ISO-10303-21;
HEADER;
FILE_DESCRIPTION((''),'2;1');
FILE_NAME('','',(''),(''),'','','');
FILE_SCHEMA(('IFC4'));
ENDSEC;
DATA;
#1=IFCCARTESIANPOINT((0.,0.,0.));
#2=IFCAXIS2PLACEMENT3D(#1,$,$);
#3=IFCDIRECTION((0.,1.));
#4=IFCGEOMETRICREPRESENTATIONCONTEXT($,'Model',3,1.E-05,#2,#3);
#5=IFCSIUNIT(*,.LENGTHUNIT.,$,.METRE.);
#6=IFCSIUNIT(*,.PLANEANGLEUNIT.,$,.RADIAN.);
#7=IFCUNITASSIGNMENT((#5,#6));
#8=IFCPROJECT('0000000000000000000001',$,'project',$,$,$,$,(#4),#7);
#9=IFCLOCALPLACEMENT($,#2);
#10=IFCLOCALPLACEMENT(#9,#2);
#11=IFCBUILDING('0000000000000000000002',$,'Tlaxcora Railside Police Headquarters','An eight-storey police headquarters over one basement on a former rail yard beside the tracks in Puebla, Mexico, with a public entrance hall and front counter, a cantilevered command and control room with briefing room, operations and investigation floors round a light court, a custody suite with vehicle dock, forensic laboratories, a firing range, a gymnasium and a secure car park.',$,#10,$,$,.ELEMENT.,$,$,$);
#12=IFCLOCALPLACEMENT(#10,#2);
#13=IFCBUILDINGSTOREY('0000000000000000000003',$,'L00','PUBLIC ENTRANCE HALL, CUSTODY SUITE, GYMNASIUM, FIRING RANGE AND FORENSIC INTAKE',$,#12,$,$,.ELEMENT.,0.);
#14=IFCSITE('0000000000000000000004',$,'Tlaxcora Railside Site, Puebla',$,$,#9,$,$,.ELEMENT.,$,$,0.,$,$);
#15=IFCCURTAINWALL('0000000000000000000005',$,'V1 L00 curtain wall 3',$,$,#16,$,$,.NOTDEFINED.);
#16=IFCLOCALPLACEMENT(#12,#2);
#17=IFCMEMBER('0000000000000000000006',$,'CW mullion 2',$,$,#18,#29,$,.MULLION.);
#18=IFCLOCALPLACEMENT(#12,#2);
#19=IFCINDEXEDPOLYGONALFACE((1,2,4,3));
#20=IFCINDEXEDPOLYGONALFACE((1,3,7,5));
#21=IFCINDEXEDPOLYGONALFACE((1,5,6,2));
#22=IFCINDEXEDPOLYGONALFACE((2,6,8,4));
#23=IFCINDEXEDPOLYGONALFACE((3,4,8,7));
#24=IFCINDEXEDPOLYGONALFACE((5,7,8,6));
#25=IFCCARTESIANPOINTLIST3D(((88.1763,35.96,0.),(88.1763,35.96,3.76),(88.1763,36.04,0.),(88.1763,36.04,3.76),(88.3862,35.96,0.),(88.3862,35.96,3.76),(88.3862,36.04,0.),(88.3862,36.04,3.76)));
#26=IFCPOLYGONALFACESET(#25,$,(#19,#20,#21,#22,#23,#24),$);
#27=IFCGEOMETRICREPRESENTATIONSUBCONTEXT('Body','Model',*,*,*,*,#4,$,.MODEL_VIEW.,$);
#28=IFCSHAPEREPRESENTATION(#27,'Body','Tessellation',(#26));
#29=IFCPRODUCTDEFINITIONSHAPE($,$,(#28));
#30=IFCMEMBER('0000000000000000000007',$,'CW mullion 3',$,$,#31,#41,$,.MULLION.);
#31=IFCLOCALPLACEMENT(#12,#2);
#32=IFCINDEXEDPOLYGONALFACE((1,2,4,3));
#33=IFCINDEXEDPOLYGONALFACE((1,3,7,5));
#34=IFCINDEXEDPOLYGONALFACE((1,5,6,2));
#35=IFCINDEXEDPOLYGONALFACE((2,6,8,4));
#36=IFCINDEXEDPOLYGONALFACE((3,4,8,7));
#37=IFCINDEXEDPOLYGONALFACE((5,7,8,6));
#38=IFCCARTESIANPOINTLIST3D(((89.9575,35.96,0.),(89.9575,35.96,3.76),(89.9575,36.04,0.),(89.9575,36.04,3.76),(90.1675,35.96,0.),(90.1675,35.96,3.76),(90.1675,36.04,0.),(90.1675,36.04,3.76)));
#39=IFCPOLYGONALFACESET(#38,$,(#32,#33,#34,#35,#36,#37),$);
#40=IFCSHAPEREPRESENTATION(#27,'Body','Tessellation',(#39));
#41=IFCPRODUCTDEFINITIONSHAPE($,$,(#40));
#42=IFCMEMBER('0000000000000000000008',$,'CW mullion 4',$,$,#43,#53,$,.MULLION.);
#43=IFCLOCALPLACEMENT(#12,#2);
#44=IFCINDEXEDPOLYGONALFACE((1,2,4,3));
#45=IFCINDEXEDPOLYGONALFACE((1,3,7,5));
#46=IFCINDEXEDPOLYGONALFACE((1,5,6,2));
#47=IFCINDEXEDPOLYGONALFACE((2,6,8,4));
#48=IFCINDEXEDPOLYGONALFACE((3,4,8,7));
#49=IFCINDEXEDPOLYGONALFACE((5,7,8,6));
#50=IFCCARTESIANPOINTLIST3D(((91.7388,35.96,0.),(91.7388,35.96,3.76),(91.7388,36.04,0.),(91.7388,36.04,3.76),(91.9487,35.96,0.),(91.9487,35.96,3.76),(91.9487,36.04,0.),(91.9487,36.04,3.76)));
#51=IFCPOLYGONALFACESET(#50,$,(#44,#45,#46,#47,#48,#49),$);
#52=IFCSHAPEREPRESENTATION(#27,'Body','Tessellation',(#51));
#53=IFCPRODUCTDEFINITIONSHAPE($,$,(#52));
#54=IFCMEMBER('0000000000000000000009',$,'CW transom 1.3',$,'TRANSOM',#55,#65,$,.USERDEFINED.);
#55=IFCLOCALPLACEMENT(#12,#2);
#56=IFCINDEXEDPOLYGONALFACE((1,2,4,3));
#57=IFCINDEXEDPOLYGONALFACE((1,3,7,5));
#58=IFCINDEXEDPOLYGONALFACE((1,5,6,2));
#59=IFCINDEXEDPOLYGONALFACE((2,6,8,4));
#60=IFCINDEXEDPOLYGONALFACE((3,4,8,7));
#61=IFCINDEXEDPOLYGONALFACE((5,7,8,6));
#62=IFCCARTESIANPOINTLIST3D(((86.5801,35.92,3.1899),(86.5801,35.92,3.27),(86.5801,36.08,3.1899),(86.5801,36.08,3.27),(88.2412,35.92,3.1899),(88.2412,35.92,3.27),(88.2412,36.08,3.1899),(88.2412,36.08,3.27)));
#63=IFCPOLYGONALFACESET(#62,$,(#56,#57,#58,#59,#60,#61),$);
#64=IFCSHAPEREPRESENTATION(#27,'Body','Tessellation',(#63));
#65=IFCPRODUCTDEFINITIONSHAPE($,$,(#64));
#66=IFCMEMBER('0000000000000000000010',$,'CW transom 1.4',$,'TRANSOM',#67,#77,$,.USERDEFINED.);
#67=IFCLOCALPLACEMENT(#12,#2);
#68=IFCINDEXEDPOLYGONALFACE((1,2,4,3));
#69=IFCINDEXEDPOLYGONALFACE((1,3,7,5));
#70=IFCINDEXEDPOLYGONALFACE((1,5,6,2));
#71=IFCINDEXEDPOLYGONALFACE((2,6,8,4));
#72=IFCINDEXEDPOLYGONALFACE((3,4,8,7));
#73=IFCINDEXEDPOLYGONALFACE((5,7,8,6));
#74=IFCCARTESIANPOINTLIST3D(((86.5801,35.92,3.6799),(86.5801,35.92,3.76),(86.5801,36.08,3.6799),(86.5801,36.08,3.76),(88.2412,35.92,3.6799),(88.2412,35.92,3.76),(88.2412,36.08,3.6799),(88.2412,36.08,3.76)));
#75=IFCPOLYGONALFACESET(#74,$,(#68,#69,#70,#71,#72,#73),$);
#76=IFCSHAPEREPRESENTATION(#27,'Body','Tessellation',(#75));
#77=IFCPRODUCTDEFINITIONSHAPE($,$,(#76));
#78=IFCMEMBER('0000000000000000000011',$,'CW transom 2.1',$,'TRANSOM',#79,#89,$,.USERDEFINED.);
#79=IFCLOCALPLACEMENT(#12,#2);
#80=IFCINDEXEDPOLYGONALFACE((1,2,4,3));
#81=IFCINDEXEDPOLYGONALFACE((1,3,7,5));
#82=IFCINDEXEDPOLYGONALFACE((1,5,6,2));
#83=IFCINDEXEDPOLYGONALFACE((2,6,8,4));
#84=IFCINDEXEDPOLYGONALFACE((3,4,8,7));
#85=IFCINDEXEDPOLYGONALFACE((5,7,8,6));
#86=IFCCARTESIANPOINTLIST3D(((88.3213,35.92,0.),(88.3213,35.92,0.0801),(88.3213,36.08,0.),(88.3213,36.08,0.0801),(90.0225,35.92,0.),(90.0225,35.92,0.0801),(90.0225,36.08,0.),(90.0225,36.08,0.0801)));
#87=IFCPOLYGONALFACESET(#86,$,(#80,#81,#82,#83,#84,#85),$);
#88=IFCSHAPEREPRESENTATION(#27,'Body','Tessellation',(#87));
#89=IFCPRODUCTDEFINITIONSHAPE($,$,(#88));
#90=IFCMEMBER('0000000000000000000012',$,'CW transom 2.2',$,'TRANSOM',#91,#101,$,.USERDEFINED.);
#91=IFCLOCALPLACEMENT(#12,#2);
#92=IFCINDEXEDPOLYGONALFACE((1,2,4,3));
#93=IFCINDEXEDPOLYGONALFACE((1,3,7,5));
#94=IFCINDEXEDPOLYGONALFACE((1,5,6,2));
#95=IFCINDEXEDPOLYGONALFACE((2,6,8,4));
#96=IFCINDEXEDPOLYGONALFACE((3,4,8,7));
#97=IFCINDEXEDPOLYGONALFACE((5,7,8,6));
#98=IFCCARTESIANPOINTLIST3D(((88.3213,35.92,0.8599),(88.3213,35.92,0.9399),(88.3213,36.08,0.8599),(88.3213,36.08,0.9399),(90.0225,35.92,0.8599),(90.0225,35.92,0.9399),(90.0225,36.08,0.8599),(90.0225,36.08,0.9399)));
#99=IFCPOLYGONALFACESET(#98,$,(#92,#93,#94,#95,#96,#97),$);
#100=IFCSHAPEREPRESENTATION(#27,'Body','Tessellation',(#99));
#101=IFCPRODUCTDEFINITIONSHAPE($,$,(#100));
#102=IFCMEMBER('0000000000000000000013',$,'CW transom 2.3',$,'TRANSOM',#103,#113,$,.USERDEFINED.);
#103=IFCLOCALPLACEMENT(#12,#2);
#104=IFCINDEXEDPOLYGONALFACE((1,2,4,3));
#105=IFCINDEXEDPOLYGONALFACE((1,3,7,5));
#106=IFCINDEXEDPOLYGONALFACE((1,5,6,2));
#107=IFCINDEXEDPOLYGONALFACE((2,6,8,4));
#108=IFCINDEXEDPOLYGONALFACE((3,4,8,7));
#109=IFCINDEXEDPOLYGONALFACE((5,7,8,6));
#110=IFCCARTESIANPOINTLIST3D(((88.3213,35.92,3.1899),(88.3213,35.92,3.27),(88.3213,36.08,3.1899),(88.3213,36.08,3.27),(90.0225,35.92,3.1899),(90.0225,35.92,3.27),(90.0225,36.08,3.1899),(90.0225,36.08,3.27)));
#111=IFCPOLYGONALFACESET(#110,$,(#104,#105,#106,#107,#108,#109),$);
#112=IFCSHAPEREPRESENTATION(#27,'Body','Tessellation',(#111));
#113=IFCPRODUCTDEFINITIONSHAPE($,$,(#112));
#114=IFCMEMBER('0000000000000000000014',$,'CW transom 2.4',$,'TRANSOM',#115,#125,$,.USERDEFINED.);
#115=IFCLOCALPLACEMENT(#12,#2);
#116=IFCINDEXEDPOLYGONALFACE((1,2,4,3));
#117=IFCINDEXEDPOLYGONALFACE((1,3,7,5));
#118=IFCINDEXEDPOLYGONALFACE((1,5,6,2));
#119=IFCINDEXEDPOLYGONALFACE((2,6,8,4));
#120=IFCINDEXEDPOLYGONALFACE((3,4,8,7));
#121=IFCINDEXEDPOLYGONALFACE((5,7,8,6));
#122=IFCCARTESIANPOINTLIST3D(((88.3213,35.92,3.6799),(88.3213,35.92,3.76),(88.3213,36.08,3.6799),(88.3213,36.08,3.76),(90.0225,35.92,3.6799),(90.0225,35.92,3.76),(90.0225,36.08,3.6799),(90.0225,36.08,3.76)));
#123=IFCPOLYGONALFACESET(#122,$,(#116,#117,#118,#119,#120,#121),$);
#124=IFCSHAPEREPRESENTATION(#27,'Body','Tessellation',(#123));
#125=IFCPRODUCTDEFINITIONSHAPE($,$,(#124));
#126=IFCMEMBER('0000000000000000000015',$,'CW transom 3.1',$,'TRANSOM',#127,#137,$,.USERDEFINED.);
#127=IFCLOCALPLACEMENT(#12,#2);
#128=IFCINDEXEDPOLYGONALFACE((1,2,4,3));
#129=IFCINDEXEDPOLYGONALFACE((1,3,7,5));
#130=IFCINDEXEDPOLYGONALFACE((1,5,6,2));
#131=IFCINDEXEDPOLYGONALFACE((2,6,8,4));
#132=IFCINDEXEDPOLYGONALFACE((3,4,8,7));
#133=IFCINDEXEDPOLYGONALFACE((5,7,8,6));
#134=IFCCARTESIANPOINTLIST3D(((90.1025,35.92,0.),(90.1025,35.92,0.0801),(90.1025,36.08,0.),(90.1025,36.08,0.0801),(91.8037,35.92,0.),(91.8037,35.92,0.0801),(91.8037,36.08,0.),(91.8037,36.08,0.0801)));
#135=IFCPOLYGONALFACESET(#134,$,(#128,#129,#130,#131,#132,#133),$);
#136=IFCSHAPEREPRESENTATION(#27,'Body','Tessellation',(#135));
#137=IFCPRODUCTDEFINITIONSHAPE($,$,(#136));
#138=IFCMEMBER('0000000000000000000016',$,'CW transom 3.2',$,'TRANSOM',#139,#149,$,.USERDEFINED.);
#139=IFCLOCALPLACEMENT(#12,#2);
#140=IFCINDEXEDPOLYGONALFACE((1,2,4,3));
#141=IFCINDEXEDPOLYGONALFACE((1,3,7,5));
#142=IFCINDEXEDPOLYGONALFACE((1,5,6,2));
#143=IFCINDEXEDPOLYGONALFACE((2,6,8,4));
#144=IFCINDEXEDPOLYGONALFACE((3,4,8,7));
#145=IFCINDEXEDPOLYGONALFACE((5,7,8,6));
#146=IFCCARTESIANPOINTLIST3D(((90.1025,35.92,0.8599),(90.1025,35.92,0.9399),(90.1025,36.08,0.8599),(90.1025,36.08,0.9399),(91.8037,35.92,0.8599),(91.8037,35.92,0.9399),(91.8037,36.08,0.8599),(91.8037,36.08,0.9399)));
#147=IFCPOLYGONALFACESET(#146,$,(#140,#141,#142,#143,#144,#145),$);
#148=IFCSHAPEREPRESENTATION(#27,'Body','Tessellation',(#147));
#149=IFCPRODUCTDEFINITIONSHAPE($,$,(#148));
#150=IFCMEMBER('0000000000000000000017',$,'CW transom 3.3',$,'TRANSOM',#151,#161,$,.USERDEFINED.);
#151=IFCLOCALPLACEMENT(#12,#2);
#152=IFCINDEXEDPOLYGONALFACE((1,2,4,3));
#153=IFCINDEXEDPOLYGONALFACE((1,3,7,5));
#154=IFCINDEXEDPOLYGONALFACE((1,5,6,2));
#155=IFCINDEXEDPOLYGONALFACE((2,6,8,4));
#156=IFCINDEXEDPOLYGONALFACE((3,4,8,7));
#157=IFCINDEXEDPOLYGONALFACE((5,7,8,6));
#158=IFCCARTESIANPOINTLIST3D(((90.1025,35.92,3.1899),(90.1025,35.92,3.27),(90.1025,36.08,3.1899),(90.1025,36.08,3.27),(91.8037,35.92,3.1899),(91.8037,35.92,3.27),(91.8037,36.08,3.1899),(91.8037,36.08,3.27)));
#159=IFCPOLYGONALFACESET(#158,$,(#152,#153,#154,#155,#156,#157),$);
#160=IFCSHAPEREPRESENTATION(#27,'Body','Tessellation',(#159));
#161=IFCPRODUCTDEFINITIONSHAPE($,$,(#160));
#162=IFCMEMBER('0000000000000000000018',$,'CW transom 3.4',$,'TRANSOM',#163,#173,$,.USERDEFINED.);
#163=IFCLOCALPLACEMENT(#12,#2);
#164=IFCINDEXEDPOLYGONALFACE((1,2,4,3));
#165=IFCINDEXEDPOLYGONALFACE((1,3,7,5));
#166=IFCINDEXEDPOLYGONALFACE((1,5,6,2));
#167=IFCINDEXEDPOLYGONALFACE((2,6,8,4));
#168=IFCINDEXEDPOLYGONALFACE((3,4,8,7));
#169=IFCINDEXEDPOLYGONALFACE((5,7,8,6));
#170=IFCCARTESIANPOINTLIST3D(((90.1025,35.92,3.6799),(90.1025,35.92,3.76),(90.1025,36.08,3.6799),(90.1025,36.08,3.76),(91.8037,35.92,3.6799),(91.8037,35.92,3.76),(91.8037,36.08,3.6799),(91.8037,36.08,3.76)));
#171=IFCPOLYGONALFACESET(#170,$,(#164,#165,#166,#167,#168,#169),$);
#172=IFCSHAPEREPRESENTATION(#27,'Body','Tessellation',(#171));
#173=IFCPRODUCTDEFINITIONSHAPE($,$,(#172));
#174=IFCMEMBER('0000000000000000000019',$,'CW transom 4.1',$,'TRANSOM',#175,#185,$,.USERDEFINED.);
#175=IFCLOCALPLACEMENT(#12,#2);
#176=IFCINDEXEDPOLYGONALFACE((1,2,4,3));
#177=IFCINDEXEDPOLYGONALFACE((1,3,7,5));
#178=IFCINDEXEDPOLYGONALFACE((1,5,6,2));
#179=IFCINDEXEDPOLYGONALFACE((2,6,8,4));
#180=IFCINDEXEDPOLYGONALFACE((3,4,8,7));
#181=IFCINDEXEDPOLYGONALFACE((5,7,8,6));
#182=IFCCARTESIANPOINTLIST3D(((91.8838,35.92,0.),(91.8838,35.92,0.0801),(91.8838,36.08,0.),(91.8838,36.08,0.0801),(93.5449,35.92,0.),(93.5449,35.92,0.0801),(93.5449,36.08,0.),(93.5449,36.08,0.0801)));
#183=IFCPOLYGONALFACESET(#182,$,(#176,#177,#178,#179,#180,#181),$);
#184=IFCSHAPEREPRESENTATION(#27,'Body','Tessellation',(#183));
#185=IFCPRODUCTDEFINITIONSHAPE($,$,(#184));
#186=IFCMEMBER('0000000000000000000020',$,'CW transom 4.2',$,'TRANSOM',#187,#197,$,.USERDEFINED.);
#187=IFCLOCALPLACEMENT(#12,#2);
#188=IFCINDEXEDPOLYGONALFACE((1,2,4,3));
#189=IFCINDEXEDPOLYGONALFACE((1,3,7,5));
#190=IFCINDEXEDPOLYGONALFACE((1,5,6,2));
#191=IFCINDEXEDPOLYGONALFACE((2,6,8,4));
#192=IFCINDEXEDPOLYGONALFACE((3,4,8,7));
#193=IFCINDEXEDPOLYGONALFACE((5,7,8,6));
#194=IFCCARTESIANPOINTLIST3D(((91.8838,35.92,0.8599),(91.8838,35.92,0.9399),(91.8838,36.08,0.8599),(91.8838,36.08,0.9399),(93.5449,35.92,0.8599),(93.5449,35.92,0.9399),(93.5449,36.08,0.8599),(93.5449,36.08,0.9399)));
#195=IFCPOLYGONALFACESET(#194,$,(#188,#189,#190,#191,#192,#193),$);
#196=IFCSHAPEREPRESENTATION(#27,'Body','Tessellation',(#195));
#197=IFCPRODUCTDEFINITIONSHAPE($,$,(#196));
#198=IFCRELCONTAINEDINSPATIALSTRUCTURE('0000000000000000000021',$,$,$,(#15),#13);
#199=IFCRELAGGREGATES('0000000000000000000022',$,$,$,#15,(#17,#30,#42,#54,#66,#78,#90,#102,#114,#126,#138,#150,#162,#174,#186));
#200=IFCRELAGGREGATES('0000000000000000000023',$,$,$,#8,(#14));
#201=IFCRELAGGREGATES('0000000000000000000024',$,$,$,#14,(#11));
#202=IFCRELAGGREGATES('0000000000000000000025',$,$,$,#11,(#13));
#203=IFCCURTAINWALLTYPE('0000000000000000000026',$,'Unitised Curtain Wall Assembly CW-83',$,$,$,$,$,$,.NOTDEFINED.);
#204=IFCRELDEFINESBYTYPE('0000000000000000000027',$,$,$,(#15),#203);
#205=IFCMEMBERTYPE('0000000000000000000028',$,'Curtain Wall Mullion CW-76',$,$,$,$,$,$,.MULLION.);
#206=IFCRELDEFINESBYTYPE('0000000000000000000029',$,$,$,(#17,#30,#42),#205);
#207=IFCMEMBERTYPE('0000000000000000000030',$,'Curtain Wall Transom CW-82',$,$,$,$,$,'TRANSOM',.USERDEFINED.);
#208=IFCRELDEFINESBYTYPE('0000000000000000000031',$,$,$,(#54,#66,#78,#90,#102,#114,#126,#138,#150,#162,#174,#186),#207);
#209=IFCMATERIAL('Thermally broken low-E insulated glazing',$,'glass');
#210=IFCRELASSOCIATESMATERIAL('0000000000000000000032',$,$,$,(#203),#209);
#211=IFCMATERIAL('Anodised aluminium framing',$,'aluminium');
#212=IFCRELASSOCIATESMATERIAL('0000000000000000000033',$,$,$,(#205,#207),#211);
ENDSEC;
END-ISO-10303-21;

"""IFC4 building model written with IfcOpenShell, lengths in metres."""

from ifc_helpers import new_model, si_unit, direction, frame, origin, origin_2d, place, context, subcontext, project, spatial, rectangle, extrude, material, material_profile, profile_set, type_object, element, aggregate, save


model = new_model("IFC4")

# Units and contexts
model_context = context("Model", 3, precision=1e-05, world=origin(), true_north=direction((0.0, 1.0)))
body_context = subcontext(model_context, "Body", "Model", "MODEL_VIEW")
ifc_project = project(units=[si_unit("LENGTHUNIT", "METRE"), si_unit("PLANEANGLEUNIT", "RADIAN")], contexts=[model_context])

# Site, building, storey
site_placement = place(None, origin())
site = spatial("IfcSite", under=ifc_project, at=site_placement, Name="Tlaxcora Railside Site, Puebla", CompositionType="ELEMENT", RefElevation=0.0)
building_placement = place(site_placement, origin())
building = spatial("IfcBuilding", under=site, at=building_placement, Name="Tlaxcora Railside Police Headquarters", Description="An eight-storey police headquarters over one basement on a former rail yard beside the tracks in Puebla, Mexico, with a public entrance hall and front counter, a cantilevered command and control room with briefing room, operations and investigation floors round a light court, a custody suite with vehicle dock, forensic laboratories, a firing range, a gymnasium and a secure car park.", CompositionType="ELEMENT")
storey_placement = place(building_placement, origin())
storey = spatial("IfcBuildingStorey", under=building, at=storey_placement, Name="L00", Description="PUBLIC ENTRANCE HALL, CUSTODY SUITE, GYMNASIUM, FIRING RANGE AND FORENSIC INTAKE", CompositionType="ELEMENT", Elevation=0.0)

# Curtain wall, members
ifc_material_1 = material(Name="Thermally broken low-E insulated glazing", Category="glass")
curtain_wall_type = type_object("IfcCurtainWallType", Name="Unitised Curtain Wall Assembly CW-83", PredefinedType="NOTDEFINED", material=ifc_material_1)
curtain_wall_placement = place(storey_placement, origin())
curtain_wall = element("IfcCurtainWall", 1, at=curtain_wall_placement, inside=storey, type_object=curtain_wall_type, Name="V1 L00 curtain wall 3", PredefinedType="NOTDEFINED")
ifc_material_2 = material(Name="Anodised aluminium framing", Category="aluminium")
ifc_material_profile_1 = material_profile(ifc_material_2, rectangle(XDim=0.0801, YDim=0.21, at=origin_2d()), Name="AL80X210")
ifc_profile_set_1 = profile_set([ifc_material_profile_1], Name="Anodised aluminium framing")
member_type_1 = type_object("IfcMemberType", Name="Curtain Wall Mullion CW-76", PredefinedType="MULLION", material=ifc_profile_set_1)
member_1_placement = place(storey_placement, frame((88.2812, 36.0, 0.0), z_axis=(0.0, 0.0, 1.0), x_axis=(0.0, 1.0, 0.0)))
member_1 = element("IfcMember", 2, at=member_1_placement, type_object=member_type_1, Name="CW mullion 2", PredefinedType="MULLION", context=body_context, shape_type="SweptSolid", body=[
    extrude(rectangle(XDim=0.0801, YDim=0.21, at=origin_2d()), origin(), (0.0, 0.0, 1.0), 3.76),
])
member_2_placement = place(storey_placement, frame((90.0625, 36.0, 0.0), z_axis=(0.0, 0.0, 1.0), x_axis=(0.0, 1.0, 0.0)))
member_2 = element("IfcMember", 3, at=member_2_placement, type_object=member_type_1, Name="CW mullion 3", PredefinedType="MULLION", context=body_context, shape_type="SweptSolid", body=[
    extrude(rectangle(XDim=0.0801, YDim=0.21, at=origin_2d()), origin(), (0.0, 0.0, 1.0), 3.76),
])
member_3_placement = place(storey_placement, frame((91.8438, 36.0, 0.0), z_axis=(0.0, 0.0, 1.0), x_axis=(0.0, 1.0, 0.0)))
member_3 = element("IfcMember", 4, at=member_3_placement, type_object=member_type_1, Name="CW mullion 4", PredefinedType="MULLION", context=body_context, shape_type="SweptSolid", body=[
    extrude(rectangle(XDim=0.0801, YDim=0.21, at=origin_2d()), origin(), (0.0, 0.0, 1.0), 3.76),
])
ifc_material_profile_2 = material_profile(ifc_material_2, rectangle(XDim=0.1599, YDim=0.0801, at=origin_2d()), Name="AL80X160")
ifc_profile_set_2 = profile_set([ifc_material_profile_2], Name="Anodised aluminium framing")
member_type_2 = type_object("IfcMemberType", Name="Curtain Wall Transom CW-82", ElementType="TRANSOM", PredefinedType="USERDEFINED", material=ifc_profile_set_2)
member_4_placement = place(storey_placement, frame((86.5801, 36.0, 3.23), z_axis=(1.0, 0.0, 0.0), x_axis=(0.0, 1.0, 0.0)))
member_4 = element("IfcMember", 5, at=member_4_placement, type_object=member_type_2, Name="CW transom 1.3", ObjectType="TRANSOM", PredefinedType="USERDEFINED", context=body_context, shape_type="SweptSolid", body=[
    extrude(rectangle(XDim=0.1599, YDim=0.0801, at=origin_2d()), origin(), (0.0, 0.0, 1.0), 1.6611),
])
member_5_placement = place(storey_placement, frame((86.5801, 36.0, 3.72), z_axis=(1.0, 0.0, 0.0), x_axis=(0.0, 1.0, 0.0)))
member_5 = element("IfcMember", 6, at=member_5_placement, type_object=member_type_2, Name="CW transom 1.4", ObjectType="TRANSOM", PredefinedType="USERDEFINED", context=body_context, shape_type="SweptSolid", body=[
    extrude(rectangle(XDim=0.1599, YDim=0.0801, at=origin_2d()), origin(), (0.0, 0.0, 1.0), 1.6611),
])
member_6_placement = place(storey_placement, frame((88.3213, 36.0, 0.04), z_axis=(1.0, 0.0, 0.0), x_axis=(0.0, 1.0, 0.0)))
member_6 = element("IfcMember", 7, at=member_6_placement, type_object=member_type_2, Name="CW transom 2.1", ObjectType="TRANSOM", PredefinedType="USERDEFINED", context=body_context, shape_type="SweptSolid", body=[
    extrude(rectangle(XDim=0.1599, YDim=0.0801, at=origin_2d()), origin(), (0.0, 0.0, 1.0), 1.7012),
])
member_7_placement = place(storey_placement, frame((88.3213, 36.0, 0.8999), z_axis=(1.0, 0.0, 0.0), x_axis=(0.0, 1.0, 0.0)))
member_7 = element("IfcMember", 8, at=member_7_placement, type_object=member_type_2, Name="CW transom 2.2", ObjectType="TRANSOM", PredefinedType="USERDEFINED", context=body_context, shape_type="SweptSolid", body=[
    extrude(rectangle(XDim=0.1599, YDim=0.0801, at=origin_2d()), origin(), (0.0, 0.0, 1.0), 1.7012),
])
member_8_placement = place(storey_placement, frame((88.3213, 36.0, 3.23), z_axis=(1.0, 0.0, 0.0), x_axis=(0.0, 1.0, 0.0)))
member_8 = element("IfcMember", 9, at=member_8_placement, type_object=member_type_2, Name="CW transom 2.3", ObjectType="TRANSOM", PredefinedType="USERDEFINED", context=body_context, shape_type="SweptSolid", body=[
    extrude(rectangle(XDim=0.1599, YDim=0.0801, at=origin_2d()), origin(), (0.0, 0.0, 1.0), 1.7012),
])
member_9_placement = place(storey_placement, frame((88.3213, 36.0, 3.72), z_axis=(1.0, 0.0, 0.0), x_axis=(0.0, 1.0, 0.0)))
member_9 = element("IfcMember", 10, at=member_9_placement, type_object=member_type_2, Name="CW transom 2.4", ObjectType="TRANSOM", PredefinedType="USERDEFINED", context=body_context, shape_type="SweptSolid", body=[
    extrude(rectangle(XDim=0.1599, YDim=0.0801, at=origin_2d()), origin(), (0.0, 0.0, 1.0), 1.7012),
])
member_10_placement = place(storey_placement, frame((90.1025, 36.0, 0.04), z_axis=(1.0, 0.0, 0.0), x_axis=(0.0, 1.0, 0.0)))
member_10 = element("IfcMember", 11, at=member_10_placement, type_object=member_type_2, Name="CW transom 3.1", ObjectType="TRANSOM", PredefinedType="USERDEFINED", context=body_context, shape_type="SweptSolid", body=[
    extrude(rectangle(XDim=0.1599, YDim=0.0801, at=origin_2d()), origin(), (0.0, 0.0, 1.0), 1.7012),
])
member_11_placement = place(storey_placement, frame((90.1025, 36.0, 0.8999), z_axis=(1.0, 0.0, 0.0), x_axis=(0.0, 1.0, 0.0)))
member_11 = element("IfcMember", 12, at=member_11_placement, type_object=member_type_2, Name="CW transom 3.2", ObjectType="TRANSOM", PredefinedType="USERDEFINED", context=body_context, shape_type="SweptSolid", body=[
    extrude(rectangle(XDim=0.1599, YDim=0.0801, at=origin_2d()), origin(), (0.0, 0.0, 1.0), 1.7012),
])
member_12_placement = place(storey_placement, frame((90.1025, 36.0, 3.23), z_axis=(1.0, 0.0, 0.0), x_axis=(0.0, 1.0, 0.0)))
member_12 = element("IfcMember", 13, at=member_12_placement, type_object=member_type_2, Name="CW transom 3.3", ObjectType="TRANSOM", PredefinedType="USERDEFINED", context=body_context, shape_type="SweptSolid", body=[
    extrude(rectangle(XDim=0.1599, YDim=0.0801, at=origin_2d()), origin(), (0.0, 0.0, 1.0), 1.7012),
])
member_13_placement = place(storey_placement, frame((90.1025, 36.0, 3.72), z_axis=(1.0, 0.0, 0.0), x_axis=(0.0, 1.0, 0.0)))
member_13 = element("IfcMember", 14, at=member_13_placement, type_object=member_type_2, Name="CW transom 3.4", ObjectType="TRANSOM", PredefinedType="USERDEFINED", context=body_context, shape_type="SweptSolid", body=[
    extrude(rectangle(XDim=0.1599, YDim=0.0801, at=origin_2d()), origin(), (0.0, 0.0, 1.0), 1.7012),
])
member_14_placement = place(storey_placement, frame((91.8838, 36.0, 0.04), z_axis=(1.0, 0.0, 0.0), x_axis=(0.0, 1.0, 0.0)))
member_14 = element("IfcMember", 15, at=member_14_placement, type_object=member_type_2, Name="CW transom 4.1", ObjectType="TRANSOM", PredefinedType="USERDEFINED", context=body_context, shape_type="SweptSolid", body=[
    extrude(rectangle(XDim=0.1599, YDim=0.0801, at=origin_2d()), origin(), (0.0, 0.0, 1.0), 1.6611),
])
member_15_placement = place(storey_placement, frame((91.8838, 36.0, 0.8999), z_axis=(1.0, 0.0, 0.0), x_axis=(0.0, 1.0, 0.0)))
member_15 = element("IfcMember", 16, at=member_15_placement, type_object=member_type_2, Name="CW transom 4.2", ObjectType="TRANSOM", PredefinedType="USERDEFINED", context=body_context, shape_type="SweptSolid", body=[
    extrude(rectangle(XDim=0.1599, YDim=0.0801, at=origin_2d()), origin(), (0.0, 0.0, 1.0), 1.6611),
])
aggregate(curtain_wall, [member_1, member_2, member_3, member_4, member_5, member_6, member_7, member_8, member_9, member_10, member_11, member_12, member_13, member_14, member_15])

save(model, "model.ifc")
